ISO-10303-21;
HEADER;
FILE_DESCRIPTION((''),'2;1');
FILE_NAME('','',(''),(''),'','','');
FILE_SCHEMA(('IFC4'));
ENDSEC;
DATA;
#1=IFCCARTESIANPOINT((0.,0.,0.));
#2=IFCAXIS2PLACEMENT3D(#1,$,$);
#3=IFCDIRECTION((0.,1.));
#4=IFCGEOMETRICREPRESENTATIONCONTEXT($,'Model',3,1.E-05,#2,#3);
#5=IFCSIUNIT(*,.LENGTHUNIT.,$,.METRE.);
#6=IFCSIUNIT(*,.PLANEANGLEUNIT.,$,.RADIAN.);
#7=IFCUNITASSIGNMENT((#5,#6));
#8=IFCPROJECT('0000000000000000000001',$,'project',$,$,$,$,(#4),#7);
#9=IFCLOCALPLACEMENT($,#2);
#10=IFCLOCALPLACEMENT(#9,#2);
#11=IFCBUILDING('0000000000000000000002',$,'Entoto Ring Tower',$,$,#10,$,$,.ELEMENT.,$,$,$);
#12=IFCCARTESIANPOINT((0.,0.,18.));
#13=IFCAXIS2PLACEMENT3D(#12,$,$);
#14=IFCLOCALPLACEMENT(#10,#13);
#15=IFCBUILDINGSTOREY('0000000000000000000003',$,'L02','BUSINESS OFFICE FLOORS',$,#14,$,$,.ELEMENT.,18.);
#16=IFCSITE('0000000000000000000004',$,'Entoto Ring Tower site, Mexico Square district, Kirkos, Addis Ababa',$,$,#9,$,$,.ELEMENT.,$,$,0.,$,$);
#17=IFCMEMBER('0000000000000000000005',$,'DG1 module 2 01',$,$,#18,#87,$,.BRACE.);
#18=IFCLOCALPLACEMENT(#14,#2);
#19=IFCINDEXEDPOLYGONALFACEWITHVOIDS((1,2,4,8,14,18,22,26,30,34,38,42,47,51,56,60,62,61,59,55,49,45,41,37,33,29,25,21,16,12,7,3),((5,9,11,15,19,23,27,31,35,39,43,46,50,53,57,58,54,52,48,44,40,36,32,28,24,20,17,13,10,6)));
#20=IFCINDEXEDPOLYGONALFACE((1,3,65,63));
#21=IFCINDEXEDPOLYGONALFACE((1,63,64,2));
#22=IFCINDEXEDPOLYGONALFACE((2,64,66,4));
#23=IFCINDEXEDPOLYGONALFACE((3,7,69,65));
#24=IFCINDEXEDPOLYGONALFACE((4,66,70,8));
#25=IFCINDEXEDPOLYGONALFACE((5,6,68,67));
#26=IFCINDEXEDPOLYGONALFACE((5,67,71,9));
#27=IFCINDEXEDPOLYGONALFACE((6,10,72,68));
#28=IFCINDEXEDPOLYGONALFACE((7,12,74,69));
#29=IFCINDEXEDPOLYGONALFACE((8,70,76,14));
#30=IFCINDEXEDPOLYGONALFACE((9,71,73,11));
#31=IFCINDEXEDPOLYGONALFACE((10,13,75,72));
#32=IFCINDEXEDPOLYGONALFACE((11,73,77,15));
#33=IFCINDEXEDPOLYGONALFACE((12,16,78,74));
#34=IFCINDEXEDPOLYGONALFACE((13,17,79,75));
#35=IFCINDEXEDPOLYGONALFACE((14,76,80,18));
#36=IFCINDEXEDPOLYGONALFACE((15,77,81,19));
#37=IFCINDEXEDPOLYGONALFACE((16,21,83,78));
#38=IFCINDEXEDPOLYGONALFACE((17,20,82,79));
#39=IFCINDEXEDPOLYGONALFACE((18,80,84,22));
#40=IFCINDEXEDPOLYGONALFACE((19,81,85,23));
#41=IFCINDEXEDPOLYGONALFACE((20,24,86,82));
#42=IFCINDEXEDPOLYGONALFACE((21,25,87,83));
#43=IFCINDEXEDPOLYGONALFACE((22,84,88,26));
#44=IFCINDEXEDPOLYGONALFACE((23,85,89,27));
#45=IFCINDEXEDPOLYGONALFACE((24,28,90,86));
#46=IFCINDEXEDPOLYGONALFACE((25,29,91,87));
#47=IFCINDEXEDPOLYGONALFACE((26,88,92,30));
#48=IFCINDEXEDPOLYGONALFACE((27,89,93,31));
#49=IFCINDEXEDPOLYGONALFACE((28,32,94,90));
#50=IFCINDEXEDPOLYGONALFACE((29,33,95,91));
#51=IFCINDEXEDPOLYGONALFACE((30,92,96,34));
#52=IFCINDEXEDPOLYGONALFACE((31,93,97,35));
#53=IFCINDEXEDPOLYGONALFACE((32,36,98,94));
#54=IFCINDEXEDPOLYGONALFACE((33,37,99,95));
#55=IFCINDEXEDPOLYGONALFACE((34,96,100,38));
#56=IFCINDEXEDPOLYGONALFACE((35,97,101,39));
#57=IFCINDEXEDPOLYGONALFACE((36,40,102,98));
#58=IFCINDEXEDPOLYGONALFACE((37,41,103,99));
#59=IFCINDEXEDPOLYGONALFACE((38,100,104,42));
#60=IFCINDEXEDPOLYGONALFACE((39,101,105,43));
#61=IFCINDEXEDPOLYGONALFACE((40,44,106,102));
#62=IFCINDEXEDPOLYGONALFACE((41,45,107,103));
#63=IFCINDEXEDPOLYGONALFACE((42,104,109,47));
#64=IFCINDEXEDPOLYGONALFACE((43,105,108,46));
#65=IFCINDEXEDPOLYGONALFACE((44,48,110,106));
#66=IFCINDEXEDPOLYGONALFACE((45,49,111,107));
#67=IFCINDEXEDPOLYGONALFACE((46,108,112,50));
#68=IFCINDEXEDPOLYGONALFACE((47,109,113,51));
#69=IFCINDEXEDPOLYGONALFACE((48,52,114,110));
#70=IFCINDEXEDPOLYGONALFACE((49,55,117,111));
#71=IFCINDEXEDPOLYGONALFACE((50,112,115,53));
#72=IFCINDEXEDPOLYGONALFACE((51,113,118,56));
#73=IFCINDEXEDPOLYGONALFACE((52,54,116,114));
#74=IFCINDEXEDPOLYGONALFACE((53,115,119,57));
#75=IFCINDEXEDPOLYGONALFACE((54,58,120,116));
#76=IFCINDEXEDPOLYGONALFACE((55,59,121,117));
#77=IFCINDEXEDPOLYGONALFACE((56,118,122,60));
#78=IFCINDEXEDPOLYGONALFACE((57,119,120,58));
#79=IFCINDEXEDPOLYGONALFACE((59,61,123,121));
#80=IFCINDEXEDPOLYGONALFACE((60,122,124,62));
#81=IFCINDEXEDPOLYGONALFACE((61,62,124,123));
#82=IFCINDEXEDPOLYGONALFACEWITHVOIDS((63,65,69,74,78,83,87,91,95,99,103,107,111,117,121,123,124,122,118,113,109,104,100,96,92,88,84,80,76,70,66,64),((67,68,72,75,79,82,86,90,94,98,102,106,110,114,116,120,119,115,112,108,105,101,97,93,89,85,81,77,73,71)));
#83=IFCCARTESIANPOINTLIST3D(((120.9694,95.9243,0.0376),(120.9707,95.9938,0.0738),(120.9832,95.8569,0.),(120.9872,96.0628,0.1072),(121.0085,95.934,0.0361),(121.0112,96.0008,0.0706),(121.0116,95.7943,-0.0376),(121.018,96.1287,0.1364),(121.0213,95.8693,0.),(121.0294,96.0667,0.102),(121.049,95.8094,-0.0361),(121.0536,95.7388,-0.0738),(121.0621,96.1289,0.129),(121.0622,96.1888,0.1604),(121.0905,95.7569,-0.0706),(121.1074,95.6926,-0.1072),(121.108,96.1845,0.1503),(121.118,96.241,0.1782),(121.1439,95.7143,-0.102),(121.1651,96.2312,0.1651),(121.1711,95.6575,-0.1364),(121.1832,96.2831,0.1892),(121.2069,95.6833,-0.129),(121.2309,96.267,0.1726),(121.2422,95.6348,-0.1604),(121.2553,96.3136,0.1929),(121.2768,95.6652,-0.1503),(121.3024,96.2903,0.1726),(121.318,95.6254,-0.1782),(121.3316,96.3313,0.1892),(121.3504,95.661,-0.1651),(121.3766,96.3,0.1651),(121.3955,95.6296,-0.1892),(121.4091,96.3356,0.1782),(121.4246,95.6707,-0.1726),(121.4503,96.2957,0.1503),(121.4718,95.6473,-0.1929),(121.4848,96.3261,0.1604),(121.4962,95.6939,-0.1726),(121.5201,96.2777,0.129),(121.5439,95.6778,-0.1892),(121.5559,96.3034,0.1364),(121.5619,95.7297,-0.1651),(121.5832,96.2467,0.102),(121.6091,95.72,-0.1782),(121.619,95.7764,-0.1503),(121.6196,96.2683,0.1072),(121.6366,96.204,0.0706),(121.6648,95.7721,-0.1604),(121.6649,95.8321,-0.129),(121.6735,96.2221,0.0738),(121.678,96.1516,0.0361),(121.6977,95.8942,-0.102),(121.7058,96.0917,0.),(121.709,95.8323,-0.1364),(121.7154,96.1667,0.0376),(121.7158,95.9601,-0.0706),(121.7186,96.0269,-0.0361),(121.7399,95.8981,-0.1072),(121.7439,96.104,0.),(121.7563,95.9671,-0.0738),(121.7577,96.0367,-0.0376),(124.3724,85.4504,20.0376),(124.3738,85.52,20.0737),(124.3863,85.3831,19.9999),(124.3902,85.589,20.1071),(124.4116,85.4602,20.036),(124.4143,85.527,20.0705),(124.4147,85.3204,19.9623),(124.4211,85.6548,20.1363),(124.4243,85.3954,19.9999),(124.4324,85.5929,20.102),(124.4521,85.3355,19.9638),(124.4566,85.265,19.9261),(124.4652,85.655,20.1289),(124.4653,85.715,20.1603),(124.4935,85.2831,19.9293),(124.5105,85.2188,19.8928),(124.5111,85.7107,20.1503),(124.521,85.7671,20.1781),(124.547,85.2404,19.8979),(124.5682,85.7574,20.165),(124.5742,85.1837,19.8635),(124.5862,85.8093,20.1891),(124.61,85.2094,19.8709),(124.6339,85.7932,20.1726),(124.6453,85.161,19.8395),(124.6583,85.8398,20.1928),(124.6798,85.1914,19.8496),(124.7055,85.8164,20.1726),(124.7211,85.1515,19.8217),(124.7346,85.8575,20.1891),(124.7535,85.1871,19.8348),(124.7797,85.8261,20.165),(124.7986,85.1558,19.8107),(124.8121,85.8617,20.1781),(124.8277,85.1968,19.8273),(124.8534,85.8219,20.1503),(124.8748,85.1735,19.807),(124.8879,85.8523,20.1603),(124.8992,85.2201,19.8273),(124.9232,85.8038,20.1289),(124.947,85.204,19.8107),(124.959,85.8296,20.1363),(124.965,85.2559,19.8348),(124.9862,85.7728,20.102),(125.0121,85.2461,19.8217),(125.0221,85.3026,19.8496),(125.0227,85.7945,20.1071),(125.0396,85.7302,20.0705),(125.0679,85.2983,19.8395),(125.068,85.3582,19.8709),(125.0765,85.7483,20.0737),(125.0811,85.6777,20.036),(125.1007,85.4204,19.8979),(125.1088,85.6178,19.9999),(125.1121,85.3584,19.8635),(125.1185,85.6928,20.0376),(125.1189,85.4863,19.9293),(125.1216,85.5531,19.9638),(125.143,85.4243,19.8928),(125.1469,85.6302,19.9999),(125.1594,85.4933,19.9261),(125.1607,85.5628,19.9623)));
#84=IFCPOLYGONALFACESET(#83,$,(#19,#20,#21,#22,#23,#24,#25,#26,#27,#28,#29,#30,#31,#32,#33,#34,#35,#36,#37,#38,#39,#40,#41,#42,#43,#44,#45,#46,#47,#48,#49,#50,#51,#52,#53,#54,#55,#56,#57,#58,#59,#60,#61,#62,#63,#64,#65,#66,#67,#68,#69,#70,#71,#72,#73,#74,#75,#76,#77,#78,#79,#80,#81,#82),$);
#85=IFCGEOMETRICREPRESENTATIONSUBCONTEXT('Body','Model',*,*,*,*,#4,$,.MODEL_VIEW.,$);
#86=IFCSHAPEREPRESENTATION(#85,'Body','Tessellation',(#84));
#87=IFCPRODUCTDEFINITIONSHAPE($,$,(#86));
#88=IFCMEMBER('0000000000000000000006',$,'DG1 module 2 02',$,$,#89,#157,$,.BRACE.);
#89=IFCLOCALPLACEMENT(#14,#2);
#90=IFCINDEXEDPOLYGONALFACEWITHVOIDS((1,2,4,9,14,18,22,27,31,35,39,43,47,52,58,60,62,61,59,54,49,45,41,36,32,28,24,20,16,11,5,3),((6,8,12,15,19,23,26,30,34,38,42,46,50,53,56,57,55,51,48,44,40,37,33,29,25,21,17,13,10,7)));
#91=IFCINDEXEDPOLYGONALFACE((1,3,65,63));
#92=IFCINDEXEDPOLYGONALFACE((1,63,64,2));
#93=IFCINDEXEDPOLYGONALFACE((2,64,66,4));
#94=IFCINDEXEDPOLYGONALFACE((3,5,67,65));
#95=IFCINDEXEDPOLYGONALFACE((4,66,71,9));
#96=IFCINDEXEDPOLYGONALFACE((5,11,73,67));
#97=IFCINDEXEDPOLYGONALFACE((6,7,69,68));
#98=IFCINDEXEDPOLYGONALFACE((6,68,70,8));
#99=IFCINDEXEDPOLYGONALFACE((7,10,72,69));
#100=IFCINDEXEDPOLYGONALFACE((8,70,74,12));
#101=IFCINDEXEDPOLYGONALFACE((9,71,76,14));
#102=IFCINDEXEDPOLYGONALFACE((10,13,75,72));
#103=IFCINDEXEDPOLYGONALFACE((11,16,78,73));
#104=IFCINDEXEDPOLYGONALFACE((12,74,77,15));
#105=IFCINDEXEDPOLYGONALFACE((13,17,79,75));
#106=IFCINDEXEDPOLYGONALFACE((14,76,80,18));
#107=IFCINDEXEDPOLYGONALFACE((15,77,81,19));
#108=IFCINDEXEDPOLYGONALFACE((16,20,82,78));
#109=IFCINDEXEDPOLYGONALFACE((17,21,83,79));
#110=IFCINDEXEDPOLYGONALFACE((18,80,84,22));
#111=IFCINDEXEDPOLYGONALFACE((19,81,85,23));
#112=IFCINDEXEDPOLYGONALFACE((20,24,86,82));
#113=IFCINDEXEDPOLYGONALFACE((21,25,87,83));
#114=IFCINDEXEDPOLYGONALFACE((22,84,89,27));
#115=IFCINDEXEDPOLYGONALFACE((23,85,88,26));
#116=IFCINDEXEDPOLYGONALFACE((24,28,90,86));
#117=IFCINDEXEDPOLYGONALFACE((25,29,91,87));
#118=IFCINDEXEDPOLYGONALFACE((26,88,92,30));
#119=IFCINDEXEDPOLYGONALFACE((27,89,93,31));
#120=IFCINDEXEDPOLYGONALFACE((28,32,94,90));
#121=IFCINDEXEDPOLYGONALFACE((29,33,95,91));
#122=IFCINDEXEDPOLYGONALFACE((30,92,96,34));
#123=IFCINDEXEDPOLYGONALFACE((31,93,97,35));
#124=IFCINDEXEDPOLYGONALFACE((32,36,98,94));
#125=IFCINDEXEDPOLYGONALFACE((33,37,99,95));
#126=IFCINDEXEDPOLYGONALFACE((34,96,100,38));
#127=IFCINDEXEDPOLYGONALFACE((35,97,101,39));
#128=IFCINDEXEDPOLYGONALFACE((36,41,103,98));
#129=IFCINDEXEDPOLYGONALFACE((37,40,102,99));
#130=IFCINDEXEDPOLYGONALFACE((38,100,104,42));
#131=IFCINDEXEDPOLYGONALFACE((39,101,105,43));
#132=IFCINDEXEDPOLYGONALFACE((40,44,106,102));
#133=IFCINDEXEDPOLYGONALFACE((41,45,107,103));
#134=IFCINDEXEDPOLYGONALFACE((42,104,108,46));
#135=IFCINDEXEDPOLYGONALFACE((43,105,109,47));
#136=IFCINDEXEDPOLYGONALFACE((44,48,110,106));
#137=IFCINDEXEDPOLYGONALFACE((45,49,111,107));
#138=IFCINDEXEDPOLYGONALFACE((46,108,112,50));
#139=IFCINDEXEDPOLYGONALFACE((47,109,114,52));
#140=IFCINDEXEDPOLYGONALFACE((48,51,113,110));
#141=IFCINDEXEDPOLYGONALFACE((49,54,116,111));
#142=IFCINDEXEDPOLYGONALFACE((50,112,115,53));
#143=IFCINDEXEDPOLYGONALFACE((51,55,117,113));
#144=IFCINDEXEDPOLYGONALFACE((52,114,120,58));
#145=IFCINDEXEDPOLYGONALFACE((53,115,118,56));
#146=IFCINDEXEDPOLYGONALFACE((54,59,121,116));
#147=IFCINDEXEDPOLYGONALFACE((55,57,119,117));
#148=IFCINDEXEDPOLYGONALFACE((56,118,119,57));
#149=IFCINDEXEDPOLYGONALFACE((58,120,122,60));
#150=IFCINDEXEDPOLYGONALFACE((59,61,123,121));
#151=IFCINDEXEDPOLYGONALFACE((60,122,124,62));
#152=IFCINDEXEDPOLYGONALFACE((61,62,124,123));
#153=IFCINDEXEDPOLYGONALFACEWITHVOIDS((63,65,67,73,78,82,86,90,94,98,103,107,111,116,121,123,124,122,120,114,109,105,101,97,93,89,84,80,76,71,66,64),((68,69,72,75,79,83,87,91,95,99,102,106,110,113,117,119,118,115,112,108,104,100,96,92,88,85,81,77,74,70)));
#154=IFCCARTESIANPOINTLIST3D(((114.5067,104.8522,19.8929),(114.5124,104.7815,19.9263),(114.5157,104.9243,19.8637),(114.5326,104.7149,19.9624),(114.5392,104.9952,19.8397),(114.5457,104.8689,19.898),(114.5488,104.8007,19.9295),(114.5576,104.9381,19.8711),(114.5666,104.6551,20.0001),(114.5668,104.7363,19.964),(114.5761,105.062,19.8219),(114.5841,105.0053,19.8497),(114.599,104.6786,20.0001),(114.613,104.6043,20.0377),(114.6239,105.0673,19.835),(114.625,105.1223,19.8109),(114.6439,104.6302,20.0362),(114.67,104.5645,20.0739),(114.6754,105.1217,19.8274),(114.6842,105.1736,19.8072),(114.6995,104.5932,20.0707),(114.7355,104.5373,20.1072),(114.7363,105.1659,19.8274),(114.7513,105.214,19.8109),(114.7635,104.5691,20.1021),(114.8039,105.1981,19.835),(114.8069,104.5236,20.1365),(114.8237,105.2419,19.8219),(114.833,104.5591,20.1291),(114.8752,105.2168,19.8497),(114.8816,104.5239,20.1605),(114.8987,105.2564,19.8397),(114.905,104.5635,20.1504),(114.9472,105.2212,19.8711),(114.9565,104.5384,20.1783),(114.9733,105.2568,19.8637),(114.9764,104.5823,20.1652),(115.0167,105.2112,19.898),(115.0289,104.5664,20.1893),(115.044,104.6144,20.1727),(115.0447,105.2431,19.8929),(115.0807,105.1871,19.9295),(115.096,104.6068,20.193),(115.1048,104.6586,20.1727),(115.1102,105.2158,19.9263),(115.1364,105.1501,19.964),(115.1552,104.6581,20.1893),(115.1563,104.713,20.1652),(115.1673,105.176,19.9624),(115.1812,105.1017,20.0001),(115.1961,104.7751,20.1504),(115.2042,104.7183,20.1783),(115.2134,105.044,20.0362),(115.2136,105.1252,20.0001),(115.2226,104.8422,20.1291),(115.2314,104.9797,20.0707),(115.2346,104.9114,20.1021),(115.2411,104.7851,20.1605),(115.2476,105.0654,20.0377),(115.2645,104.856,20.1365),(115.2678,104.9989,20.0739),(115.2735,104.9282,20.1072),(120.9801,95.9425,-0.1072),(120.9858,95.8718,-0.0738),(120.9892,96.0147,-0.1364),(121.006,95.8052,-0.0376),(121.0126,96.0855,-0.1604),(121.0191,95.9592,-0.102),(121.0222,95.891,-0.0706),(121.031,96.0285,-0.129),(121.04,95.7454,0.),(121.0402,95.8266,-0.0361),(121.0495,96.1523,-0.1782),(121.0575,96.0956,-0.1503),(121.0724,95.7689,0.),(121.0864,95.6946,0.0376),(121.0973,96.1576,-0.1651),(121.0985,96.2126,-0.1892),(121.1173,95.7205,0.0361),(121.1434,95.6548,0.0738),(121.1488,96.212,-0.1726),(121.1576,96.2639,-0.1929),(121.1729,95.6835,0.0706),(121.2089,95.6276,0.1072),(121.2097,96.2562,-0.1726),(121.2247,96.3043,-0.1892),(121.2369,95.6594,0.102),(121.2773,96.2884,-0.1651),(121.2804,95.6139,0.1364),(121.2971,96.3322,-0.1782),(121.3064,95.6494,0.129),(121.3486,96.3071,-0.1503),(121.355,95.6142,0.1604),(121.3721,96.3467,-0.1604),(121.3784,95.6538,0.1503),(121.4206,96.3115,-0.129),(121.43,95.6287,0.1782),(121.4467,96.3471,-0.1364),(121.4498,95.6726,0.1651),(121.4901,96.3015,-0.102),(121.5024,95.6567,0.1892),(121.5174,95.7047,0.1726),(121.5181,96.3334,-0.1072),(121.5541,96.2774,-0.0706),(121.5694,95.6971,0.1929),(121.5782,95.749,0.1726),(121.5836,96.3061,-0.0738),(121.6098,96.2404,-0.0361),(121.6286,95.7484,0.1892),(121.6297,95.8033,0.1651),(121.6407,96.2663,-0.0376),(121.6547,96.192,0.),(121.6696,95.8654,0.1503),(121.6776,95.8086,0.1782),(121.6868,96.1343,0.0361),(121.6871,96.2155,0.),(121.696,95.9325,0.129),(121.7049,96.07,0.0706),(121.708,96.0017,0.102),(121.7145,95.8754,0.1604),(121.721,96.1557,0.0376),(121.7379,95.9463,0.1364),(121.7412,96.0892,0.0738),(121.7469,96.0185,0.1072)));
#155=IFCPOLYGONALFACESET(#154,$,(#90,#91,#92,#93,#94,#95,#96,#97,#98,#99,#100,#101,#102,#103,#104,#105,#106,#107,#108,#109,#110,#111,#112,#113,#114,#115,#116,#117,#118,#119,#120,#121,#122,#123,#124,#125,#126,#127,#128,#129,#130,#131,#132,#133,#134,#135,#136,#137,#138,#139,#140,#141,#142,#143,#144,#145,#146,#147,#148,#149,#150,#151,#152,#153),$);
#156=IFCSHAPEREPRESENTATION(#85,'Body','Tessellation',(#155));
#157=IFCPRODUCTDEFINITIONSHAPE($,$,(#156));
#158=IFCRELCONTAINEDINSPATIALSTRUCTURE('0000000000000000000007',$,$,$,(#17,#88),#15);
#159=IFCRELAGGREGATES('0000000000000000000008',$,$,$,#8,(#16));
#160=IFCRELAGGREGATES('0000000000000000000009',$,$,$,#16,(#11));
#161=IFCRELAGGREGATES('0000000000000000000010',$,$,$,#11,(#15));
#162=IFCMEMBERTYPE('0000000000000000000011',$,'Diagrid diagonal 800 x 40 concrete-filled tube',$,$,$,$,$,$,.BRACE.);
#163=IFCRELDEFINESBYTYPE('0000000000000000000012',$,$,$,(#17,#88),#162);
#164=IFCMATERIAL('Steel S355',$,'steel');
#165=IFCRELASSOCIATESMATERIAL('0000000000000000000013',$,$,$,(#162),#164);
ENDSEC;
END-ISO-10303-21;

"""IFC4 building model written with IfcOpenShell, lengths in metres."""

from ifc_helpers import new_model, si_unit, direction, frame, origin, origin_2d, place, context, subcontext, project, spatial, circle, hollow_circle, extrude, material, material_profile, profile_set, type_object, element, save


model = new_model("IFC4")

# Units and contexts
model_context = context("Model", 3, precision=1e-05, world=origin(), true_north=direction((0.0, 1.0)))
body_context = subcontext(model_context, "Body", "Model", "MODEL_VIEW")
ifc_project = project(units=[si_unit("LENGTHUNIT", "METRE"), si_unit("PLANEANGLEUNIT", "RADIAN")], contexts=[model_context])

# Site, building, storey
site_placement = place(None, origin())
site = spatial("IfcSite", under=ifc_project, at=site_placement, Name="Entoto Ring Tower site, Mexico Square district, Kirkos, Addis Ababa", CompositionType="ELEMENT", RefElevation=0.0)
building_placement = place(site_placement, origin())
building = spatial("IfcBuilding", under=site, at=building_placement, Name="Entoto Ring Tower", CompositionType="ELEMENT")
storey_placement = place(building_placement, frame((0.0, 0.0, 18.0)))
storey = spatial("IfcBuildingStorey", under=building, at=storey_placement, Name="L02", Description="BUSINESS OFFICE FLOORS", CompositionType="ELEMENT", Elevation=18.0)

# Members
ifc_material_1 = material(Name="Steel S355", Category="steel")
ifc_material_profile_1 = material_profile(ifc_material_1, hollow_circle(Radius=0.3999, WallThickness=0.04, at=origin_2d()), Name="CHS 800 x 40")
ifc_material_2 = material(Name="Concrete C60/75", Category="concrete")
ifc_material_profile_2 = material_profile(ifc_material_2, circle(Radius=0.3601, at=origin_2d()), Name="Concrete C60/75 infill")
ifc_profile_set_1 = profile_set([ifc_material_profile_1, ifc_material_profile_2], Name="Steel S355")
member_type_1 = type_object("IfcMemberType", Name="Diagrid diagonal 800 x 40 concrete-filled tube", PredefinedType="BRACE", material=ifc_profile_set_1)
member_1_placement = place(storey_placement, frame((121.3635, 95.9805, 0.0), z_axis=(0.149051, -0.458744, 0.875978), x_axis=(0.951059, 0.309009, 0.0)))
element("IfcMember", 1, at=member_1_placement, inside=storey, type_object=member_type_1, Name="DG1 module 2 01", PredefinedType="BRACE", context=body_context, shape_type="SweptSolid", body=[
    extrude(hollow_circle(Radius=0.3999, WallThickness=0.04, at=origin_2d()), origin(), (0.0, 0.0, 1.0), 22.8315),
])
for number, where, z_axis, x_axis, name in (
    (2, (121.3635, 95.9805, 0.0), (-0.283526, 0.390232, 0.875975), (-0.809011, -0.587793, 0.0), "DG1 module 2 02"),
):
    element("IfcMember", number, at=place(storey_placement, frame(where, z_axis=z_axis, x_axis=x_axis)), inside=storey, type_object=member_type_1, Name=name, PredefinedType="BRACE", context=body_context, shape_type="SweptSolid", body=[
        extrude(hollow_circle(Radius=0.3999, WallThickness=0.04, at=origin_2d()), origin(), (0.0, 0.0, 1.0), 22.8318),
    ])

save(model, "model.ifc")
